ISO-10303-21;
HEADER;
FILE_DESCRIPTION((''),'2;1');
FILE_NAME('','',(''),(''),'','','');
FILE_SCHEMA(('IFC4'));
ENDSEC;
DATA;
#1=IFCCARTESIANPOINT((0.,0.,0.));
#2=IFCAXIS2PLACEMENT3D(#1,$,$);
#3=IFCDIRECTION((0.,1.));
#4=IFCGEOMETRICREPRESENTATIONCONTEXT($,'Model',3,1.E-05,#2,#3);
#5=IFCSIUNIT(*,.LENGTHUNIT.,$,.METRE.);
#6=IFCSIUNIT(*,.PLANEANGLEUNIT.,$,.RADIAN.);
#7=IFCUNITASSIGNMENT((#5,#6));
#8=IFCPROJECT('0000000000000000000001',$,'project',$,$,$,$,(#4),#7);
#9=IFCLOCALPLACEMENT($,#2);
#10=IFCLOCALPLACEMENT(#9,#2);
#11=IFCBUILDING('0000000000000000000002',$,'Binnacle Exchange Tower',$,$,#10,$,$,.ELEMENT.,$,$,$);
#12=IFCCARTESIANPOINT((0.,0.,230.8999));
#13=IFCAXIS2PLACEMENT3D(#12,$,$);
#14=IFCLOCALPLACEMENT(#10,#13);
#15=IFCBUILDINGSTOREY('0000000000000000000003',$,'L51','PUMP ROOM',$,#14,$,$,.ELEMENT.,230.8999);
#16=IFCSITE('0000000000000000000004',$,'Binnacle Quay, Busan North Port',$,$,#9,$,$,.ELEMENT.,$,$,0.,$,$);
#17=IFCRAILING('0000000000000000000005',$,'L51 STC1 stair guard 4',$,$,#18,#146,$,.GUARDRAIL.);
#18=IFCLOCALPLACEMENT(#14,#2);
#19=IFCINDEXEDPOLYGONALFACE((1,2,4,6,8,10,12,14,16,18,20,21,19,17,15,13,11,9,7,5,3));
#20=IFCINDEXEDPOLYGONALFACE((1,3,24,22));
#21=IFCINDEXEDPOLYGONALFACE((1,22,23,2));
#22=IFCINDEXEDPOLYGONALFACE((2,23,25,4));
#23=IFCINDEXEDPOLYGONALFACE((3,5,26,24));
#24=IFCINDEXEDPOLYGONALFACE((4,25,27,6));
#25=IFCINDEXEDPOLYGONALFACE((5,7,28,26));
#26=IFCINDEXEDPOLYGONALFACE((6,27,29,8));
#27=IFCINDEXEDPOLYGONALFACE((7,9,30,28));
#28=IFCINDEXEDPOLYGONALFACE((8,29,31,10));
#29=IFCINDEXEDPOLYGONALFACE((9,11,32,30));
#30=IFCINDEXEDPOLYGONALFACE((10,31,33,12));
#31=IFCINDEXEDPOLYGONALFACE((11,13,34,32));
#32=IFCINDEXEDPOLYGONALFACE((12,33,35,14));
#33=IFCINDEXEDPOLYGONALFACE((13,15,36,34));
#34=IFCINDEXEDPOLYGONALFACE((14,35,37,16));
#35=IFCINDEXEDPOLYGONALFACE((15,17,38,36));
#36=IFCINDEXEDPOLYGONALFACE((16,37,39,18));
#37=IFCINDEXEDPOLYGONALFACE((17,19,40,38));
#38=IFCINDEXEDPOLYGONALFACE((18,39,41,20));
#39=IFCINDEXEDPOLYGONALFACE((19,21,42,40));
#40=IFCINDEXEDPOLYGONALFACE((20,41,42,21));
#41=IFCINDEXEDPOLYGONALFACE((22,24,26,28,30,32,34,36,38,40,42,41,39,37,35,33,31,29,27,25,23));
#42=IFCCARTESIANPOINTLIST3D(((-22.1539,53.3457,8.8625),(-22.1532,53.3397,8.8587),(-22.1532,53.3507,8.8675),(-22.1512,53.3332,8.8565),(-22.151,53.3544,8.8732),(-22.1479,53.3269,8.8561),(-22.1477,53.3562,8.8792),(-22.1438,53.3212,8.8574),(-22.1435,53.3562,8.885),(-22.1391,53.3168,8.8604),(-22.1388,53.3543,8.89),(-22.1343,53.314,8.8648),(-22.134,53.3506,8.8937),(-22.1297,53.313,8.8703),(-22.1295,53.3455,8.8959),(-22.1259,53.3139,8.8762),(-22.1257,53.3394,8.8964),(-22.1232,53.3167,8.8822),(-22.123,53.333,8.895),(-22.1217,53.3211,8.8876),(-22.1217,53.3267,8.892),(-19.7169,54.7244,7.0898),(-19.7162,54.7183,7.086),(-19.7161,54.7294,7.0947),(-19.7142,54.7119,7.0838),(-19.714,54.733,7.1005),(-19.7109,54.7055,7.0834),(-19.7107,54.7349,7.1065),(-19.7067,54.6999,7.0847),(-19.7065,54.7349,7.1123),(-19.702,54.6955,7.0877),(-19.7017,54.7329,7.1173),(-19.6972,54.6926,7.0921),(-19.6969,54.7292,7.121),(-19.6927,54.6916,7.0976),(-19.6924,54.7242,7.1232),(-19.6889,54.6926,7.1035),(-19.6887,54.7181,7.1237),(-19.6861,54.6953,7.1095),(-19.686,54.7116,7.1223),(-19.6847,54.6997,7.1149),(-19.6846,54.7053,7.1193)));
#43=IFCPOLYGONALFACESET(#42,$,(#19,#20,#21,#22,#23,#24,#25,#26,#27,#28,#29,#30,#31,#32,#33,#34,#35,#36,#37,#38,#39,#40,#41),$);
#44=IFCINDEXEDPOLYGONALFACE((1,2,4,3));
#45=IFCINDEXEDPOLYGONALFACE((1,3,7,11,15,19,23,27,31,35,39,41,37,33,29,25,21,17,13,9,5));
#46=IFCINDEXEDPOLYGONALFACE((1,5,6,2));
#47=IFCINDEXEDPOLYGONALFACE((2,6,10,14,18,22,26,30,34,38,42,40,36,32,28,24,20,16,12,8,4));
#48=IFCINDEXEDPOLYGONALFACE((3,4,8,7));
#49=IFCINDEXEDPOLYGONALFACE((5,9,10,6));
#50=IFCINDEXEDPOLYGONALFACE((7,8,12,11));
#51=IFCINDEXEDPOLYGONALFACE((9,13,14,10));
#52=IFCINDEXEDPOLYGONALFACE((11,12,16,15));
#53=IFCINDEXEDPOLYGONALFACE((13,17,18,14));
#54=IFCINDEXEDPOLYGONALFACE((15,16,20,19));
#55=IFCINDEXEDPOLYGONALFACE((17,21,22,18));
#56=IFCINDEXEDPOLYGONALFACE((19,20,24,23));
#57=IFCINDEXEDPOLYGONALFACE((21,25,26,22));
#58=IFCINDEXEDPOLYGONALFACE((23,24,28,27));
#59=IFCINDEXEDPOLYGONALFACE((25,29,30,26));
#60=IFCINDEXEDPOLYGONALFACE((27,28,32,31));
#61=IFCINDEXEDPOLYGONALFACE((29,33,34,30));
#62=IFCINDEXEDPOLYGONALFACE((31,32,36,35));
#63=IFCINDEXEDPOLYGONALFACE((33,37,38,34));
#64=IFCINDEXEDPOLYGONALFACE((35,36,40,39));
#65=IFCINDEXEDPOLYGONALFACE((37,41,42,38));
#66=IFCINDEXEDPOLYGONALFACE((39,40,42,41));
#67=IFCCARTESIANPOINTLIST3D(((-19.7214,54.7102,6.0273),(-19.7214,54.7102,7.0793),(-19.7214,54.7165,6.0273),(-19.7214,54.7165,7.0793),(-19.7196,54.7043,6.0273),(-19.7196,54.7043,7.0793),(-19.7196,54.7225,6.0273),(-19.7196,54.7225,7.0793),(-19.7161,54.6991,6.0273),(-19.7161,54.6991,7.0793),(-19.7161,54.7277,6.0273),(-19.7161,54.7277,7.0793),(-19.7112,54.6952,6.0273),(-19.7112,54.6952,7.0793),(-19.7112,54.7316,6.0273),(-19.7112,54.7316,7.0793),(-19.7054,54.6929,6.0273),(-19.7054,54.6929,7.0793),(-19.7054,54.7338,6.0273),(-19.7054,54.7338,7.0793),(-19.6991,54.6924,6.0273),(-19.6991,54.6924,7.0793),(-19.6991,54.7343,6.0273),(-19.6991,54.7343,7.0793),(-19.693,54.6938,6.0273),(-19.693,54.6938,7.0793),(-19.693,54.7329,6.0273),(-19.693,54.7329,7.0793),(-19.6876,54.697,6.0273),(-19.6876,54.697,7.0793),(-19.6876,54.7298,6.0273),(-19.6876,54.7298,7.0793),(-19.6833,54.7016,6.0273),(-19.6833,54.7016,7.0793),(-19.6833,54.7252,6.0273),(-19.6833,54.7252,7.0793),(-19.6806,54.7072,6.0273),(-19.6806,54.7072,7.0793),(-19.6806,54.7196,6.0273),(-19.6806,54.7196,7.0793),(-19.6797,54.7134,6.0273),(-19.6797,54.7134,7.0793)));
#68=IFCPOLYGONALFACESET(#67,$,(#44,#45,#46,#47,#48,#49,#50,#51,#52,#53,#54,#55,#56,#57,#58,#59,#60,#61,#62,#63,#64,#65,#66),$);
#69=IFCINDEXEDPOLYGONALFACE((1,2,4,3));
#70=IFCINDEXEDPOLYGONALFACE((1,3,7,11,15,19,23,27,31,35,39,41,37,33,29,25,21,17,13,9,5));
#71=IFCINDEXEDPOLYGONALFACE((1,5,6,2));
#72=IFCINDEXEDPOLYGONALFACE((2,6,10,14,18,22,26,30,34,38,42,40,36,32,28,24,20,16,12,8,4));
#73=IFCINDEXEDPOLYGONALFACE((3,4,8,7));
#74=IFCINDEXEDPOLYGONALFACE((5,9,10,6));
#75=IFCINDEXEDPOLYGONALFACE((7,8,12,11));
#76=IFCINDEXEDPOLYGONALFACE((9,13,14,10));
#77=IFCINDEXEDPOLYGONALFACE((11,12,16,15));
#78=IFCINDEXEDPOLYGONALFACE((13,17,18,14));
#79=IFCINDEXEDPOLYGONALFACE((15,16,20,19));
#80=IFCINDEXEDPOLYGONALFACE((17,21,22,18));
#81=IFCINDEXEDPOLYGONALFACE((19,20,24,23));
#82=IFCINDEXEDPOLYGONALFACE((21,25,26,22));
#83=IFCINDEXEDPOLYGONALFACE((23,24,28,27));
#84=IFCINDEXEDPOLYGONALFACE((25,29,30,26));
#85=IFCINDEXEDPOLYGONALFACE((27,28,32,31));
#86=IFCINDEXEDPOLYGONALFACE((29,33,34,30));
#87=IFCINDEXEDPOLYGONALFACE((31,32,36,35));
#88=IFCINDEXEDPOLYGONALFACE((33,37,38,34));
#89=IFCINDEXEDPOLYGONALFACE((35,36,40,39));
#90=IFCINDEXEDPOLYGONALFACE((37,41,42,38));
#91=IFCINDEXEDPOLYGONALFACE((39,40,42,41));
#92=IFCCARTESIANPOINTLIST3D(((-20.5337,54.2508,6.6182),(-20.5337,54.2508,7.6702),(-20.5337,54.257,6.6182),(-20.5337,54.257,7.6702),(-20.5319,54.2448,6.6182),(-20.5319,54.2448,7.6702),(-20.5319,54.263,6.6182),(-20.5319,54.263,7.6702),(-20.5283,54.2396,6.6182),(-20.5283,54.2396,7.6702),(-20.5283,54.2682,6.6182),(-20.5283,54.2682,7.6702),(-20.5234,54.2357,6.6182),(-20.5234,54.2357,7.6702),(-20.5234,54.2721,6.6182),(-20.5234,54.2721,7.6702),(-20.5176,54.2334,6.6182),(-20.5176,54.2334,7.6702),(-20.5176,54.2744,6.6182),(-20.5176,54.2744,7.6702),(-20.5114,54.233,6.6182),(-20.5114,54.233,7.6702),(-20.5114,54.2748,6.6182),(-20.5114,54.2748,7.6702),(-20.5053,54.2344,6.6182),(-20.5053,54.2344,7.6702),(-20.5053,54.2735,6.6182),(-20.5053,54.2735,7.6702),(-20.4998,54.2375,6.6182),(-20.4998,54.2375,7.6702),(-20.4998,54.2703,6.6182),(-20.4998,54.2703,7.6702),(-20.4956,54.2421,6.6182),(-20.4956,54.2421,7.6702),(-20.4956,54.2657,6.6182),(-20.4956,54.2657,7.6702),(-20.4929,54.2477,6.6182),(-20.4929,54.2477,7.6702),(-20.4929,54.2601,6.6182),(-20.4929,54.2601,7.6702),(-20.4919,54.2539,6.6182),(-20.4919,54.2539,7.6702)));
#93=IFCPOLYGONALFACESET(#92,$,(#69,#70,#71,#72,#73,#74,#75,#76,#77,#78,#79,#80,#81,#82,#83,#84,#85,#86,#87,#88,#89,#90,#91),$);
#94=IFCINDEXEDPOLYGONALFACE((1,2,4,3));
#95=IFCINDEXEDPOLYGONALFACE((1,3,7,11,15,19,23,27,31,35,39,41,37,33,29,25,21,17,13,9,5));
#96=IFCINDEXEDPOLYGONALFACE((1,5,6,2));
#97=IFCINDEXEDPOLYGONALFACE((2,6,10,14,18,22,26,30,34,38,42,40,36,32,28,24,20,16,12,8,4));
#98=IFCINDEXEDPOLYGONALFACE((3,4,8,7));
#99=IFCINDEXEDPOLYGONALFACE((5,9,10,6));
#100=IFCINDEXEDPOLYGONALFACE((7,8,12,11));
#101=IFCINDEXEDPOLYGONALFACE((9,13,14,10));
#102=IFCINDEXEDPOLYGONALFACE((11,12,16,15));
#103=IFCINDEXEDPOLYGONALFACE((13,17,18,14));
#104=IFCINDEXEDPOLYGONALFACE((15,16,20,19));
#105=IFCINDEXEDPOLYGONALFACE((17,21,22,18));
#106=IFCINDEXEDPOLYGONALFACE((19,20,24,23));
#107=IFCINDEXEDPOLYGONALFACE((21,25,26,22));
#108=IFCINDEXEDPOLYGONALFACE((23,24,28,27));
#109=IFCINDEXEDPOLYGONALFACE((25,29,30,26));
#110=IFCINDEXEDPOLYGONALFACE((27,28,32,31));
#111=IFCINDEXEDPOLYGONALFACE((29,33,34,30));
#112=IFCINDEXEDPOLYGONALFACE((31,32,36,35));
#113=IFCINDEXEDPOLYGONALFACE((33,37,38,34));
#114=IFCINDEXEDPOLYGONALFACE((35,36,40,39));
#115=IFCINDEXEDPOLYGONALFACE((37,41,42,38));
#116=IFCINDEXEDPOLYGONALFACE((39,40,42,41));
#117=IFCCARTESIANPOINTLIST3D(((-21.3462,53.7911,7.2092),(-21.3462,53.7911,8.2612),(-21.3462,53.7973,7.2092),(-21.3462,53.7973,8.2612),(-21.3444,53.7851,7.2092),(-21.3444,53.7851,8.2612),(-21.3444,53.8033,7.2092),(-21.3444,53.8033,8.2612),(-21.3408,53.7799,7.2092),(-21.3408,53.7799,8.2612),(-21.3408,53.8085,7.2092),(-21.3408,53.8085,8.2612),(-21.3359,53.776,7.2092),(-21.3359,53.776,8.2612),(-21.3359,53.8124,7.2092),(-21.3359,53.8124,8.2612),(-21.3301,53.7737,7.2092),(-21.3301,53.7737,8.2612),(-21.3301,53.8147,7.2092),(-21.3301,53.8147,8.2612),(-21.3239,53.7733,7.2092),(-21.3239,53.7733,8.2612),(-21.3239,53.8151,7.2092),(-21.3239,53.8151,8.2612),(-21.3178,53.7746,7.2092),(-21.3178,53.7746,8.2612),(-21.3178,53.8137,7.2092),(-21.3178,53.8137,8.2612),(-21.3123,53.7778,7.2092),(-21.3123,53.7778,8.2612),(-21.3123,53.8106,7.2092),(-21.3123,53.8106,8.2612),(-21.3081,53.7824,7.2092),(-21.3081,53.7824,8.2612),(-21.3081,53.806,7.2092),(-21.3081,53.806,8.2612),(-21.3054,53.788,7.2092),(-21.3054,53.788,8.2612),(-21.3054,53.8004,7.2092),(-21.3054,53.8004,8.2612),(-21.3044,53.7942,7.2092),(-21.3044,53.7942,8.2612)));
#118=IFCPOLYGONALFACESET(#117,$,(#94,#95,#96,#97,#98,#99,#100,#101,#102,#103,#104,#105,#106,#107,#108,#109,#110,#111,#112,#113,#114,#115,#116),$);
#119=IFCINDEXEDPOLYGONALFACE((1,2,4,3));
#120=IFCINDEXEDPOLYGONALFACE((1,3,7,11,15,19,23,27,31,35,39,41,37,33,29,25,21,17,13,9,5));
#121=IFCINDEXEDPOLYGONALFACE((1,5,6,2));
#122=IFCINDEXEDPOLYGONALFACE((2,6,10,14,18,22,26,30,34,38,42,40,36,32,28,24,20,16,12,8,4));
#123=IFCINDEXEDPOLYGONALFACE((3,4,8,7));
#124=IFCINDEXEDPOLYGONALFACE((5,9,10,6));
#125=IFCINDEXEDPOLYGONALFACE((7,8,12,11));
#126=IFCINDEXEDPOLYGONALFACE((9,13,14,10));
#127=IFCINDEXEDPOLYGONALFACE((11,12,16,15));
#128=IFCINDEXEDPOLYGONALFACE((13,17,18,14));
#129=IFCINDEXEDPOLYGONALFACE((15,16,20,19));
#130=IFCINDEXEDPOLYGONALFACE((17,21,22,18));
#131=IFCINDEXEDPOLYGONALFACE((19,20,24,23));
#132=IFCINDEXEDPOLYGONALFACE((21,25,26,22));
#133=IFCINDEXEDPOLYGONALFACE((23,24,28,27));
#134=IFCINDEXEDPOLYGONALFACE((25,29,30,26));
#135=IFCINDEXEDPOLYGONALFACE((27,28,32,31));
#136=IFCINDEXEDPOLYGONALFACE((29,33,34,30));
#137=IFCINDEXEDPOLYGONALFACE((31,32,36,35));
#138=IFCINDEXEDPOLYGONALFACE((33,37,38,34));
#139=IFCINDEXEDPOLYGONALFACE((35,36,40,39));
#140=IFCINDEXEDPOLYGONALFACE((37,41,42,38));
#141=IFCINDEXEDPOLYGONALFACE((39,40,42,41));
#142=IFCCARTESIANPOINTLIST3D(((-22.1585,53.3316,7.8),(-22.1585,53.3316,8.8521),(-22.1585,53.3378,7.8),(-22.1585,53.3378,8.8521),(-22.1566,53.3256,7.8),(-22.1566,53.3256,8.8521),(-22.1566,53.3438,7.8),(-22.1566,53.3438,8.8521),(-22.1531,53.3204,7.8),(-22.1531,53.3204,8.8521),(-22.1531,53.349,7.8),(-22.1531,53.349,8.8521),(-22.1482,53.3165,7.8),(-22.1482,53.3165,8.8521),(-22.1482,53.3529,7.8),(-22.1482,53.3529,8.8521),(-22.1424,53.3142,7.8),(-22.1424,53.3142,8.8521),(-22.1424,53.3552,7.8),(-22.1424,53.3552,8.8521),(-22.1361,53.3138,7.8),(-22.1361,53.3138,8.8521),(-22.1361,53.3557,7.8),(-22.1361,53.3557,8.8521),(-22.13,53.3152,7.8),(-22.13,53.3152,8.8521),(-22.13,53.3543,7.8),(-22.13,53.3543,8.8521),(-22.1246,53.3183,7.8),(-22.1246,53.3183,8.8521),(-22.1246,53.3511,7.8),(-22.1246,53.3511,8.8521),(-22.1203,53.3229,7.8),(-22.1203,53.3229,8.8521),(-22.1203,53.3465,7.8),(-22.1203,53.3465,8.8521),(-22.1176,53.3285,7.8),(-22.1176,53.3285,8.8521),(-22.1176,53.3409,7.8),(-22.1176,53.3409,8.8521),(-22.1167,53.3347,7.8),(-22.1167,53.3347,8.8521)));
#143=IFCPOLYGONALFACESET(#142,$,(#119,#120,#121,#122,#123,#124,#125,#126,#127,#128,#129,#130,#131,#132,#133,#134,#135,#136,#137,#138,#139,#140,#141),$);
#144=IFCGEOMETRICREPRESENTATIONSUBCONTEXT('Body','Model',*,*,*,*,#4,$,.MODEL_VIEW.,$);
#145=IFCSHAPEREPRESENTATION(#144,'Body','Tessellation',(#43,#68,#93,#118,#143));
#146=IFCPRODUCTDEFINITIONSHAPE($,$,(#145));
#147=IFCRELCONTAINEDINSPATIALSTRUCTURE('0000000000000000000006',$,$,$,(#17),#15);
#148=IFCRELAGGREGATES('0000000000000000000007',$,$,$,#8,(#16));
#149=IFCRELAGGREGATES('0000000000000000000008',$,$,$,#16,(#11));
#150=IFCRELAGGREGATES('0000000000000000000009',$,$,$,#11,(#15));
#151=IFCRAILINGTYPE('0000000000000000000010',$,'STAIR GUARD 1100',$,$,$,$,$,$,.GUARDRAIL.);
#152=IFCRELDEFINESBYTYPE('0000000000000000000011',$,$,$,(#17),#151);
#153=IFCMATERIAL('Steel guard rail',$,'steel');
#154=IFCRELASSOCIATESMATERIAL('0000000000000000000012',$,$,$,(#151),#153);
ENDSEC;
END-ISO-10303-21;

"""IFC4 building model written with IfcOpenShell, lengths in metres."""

from ifc_helpers import new_model, si_unit, direction, frame, origin, origin_2d, place, context, subcontext, project, spatial, circle, extrude, material, type_object, element, save


model = new_model("IFC4")

# Units and contexts
model_context = context("Model", 3, precision=1e-05, world=origin(), true_north=direction((0.0, 1.0)))
body_context = subcontext(model_context, "Body", "Model", "MODEL_VIEW")
ifc_project = project(units=[si_unit("LENGTHUNIT", "METRE"), si_unit("PLANEANGLEUNIT", "RADIAN")], contexts=[model_context])

# Site, building, storey
site_placement = place(None, origin())
site = spatial("IfcSite", under=ifc_project, at=site_placement, Name="Binnacle Quay, Busan North Port", CompositionType="ELEMENT", RefElevation=0.0)
building_placement = place(site_placement, origin())
building = spatial("IfcBuilding", under=site, at=building_placement, Name="Binnacle Exchange Tower", CompositionType="ELEMENT")
storey_placement = place(building_placement, frame((0.0, 0.0, 230.8999)))
storey = spatial("IfcBuildingStorey", under=building, at=storey_placement, Name="L51", Description="PUMP ROOM", CompositionType="ELEMENT", Elevation=230.8999)

# Railing
ifc_material_1 = material(Name="Steel guard rail", Category="steel")
railing_type = type_object("IfcRailingType", Name="STAIR GUARD 1100", PredefinedType="GUARDRAIL", material=ifc_material_1)
railing_1_placement = place(storey_placement, frame((-19.7007, 54.7134, 6.0273)))
element("IfcRailing", 1, at=railing_1_placement, inside=storey, type_object=railing_type, Name="L51 STC1 stair guard 4", PredefinedType="GUARDRAIL", context=body_context, shape_type="SweptSolid", body=[
    extrude(circle(Radius=0.0239, at=origin_2d()), frame((0.0, 0.0, 1.0762), z_axis=(-0.735381, -0.416019, 0.534923), x_axis=(0.492388, -0.870376, 0.0)), (0.0, 0.0, 1.0), 3.314),
    extrude(circle(Radius=0.021, at=origin_2d()), origin(), (0.0, 0.0, 1.0), 1.052),
    extrude(circle(Radius=0.021, at=origin_2d()), frame((-0.8123, -0.4595, 0.5908)), (0.0, 0.0, 1.0), 1.052),
    extrude(circle(Radius=0.021, at=origin_2d()), frame((-1.6248, -0.9192, 1.1819)), (0.0, 0.0, 1.0), 1.052),
    extrude(circle(Radius=0.021, at=origin_2d()), frame((-2.437, -1.3787, 1.7727)), (0.0, 0.0, 1.0), 1.052),
])

save(model, "model.ifc")
